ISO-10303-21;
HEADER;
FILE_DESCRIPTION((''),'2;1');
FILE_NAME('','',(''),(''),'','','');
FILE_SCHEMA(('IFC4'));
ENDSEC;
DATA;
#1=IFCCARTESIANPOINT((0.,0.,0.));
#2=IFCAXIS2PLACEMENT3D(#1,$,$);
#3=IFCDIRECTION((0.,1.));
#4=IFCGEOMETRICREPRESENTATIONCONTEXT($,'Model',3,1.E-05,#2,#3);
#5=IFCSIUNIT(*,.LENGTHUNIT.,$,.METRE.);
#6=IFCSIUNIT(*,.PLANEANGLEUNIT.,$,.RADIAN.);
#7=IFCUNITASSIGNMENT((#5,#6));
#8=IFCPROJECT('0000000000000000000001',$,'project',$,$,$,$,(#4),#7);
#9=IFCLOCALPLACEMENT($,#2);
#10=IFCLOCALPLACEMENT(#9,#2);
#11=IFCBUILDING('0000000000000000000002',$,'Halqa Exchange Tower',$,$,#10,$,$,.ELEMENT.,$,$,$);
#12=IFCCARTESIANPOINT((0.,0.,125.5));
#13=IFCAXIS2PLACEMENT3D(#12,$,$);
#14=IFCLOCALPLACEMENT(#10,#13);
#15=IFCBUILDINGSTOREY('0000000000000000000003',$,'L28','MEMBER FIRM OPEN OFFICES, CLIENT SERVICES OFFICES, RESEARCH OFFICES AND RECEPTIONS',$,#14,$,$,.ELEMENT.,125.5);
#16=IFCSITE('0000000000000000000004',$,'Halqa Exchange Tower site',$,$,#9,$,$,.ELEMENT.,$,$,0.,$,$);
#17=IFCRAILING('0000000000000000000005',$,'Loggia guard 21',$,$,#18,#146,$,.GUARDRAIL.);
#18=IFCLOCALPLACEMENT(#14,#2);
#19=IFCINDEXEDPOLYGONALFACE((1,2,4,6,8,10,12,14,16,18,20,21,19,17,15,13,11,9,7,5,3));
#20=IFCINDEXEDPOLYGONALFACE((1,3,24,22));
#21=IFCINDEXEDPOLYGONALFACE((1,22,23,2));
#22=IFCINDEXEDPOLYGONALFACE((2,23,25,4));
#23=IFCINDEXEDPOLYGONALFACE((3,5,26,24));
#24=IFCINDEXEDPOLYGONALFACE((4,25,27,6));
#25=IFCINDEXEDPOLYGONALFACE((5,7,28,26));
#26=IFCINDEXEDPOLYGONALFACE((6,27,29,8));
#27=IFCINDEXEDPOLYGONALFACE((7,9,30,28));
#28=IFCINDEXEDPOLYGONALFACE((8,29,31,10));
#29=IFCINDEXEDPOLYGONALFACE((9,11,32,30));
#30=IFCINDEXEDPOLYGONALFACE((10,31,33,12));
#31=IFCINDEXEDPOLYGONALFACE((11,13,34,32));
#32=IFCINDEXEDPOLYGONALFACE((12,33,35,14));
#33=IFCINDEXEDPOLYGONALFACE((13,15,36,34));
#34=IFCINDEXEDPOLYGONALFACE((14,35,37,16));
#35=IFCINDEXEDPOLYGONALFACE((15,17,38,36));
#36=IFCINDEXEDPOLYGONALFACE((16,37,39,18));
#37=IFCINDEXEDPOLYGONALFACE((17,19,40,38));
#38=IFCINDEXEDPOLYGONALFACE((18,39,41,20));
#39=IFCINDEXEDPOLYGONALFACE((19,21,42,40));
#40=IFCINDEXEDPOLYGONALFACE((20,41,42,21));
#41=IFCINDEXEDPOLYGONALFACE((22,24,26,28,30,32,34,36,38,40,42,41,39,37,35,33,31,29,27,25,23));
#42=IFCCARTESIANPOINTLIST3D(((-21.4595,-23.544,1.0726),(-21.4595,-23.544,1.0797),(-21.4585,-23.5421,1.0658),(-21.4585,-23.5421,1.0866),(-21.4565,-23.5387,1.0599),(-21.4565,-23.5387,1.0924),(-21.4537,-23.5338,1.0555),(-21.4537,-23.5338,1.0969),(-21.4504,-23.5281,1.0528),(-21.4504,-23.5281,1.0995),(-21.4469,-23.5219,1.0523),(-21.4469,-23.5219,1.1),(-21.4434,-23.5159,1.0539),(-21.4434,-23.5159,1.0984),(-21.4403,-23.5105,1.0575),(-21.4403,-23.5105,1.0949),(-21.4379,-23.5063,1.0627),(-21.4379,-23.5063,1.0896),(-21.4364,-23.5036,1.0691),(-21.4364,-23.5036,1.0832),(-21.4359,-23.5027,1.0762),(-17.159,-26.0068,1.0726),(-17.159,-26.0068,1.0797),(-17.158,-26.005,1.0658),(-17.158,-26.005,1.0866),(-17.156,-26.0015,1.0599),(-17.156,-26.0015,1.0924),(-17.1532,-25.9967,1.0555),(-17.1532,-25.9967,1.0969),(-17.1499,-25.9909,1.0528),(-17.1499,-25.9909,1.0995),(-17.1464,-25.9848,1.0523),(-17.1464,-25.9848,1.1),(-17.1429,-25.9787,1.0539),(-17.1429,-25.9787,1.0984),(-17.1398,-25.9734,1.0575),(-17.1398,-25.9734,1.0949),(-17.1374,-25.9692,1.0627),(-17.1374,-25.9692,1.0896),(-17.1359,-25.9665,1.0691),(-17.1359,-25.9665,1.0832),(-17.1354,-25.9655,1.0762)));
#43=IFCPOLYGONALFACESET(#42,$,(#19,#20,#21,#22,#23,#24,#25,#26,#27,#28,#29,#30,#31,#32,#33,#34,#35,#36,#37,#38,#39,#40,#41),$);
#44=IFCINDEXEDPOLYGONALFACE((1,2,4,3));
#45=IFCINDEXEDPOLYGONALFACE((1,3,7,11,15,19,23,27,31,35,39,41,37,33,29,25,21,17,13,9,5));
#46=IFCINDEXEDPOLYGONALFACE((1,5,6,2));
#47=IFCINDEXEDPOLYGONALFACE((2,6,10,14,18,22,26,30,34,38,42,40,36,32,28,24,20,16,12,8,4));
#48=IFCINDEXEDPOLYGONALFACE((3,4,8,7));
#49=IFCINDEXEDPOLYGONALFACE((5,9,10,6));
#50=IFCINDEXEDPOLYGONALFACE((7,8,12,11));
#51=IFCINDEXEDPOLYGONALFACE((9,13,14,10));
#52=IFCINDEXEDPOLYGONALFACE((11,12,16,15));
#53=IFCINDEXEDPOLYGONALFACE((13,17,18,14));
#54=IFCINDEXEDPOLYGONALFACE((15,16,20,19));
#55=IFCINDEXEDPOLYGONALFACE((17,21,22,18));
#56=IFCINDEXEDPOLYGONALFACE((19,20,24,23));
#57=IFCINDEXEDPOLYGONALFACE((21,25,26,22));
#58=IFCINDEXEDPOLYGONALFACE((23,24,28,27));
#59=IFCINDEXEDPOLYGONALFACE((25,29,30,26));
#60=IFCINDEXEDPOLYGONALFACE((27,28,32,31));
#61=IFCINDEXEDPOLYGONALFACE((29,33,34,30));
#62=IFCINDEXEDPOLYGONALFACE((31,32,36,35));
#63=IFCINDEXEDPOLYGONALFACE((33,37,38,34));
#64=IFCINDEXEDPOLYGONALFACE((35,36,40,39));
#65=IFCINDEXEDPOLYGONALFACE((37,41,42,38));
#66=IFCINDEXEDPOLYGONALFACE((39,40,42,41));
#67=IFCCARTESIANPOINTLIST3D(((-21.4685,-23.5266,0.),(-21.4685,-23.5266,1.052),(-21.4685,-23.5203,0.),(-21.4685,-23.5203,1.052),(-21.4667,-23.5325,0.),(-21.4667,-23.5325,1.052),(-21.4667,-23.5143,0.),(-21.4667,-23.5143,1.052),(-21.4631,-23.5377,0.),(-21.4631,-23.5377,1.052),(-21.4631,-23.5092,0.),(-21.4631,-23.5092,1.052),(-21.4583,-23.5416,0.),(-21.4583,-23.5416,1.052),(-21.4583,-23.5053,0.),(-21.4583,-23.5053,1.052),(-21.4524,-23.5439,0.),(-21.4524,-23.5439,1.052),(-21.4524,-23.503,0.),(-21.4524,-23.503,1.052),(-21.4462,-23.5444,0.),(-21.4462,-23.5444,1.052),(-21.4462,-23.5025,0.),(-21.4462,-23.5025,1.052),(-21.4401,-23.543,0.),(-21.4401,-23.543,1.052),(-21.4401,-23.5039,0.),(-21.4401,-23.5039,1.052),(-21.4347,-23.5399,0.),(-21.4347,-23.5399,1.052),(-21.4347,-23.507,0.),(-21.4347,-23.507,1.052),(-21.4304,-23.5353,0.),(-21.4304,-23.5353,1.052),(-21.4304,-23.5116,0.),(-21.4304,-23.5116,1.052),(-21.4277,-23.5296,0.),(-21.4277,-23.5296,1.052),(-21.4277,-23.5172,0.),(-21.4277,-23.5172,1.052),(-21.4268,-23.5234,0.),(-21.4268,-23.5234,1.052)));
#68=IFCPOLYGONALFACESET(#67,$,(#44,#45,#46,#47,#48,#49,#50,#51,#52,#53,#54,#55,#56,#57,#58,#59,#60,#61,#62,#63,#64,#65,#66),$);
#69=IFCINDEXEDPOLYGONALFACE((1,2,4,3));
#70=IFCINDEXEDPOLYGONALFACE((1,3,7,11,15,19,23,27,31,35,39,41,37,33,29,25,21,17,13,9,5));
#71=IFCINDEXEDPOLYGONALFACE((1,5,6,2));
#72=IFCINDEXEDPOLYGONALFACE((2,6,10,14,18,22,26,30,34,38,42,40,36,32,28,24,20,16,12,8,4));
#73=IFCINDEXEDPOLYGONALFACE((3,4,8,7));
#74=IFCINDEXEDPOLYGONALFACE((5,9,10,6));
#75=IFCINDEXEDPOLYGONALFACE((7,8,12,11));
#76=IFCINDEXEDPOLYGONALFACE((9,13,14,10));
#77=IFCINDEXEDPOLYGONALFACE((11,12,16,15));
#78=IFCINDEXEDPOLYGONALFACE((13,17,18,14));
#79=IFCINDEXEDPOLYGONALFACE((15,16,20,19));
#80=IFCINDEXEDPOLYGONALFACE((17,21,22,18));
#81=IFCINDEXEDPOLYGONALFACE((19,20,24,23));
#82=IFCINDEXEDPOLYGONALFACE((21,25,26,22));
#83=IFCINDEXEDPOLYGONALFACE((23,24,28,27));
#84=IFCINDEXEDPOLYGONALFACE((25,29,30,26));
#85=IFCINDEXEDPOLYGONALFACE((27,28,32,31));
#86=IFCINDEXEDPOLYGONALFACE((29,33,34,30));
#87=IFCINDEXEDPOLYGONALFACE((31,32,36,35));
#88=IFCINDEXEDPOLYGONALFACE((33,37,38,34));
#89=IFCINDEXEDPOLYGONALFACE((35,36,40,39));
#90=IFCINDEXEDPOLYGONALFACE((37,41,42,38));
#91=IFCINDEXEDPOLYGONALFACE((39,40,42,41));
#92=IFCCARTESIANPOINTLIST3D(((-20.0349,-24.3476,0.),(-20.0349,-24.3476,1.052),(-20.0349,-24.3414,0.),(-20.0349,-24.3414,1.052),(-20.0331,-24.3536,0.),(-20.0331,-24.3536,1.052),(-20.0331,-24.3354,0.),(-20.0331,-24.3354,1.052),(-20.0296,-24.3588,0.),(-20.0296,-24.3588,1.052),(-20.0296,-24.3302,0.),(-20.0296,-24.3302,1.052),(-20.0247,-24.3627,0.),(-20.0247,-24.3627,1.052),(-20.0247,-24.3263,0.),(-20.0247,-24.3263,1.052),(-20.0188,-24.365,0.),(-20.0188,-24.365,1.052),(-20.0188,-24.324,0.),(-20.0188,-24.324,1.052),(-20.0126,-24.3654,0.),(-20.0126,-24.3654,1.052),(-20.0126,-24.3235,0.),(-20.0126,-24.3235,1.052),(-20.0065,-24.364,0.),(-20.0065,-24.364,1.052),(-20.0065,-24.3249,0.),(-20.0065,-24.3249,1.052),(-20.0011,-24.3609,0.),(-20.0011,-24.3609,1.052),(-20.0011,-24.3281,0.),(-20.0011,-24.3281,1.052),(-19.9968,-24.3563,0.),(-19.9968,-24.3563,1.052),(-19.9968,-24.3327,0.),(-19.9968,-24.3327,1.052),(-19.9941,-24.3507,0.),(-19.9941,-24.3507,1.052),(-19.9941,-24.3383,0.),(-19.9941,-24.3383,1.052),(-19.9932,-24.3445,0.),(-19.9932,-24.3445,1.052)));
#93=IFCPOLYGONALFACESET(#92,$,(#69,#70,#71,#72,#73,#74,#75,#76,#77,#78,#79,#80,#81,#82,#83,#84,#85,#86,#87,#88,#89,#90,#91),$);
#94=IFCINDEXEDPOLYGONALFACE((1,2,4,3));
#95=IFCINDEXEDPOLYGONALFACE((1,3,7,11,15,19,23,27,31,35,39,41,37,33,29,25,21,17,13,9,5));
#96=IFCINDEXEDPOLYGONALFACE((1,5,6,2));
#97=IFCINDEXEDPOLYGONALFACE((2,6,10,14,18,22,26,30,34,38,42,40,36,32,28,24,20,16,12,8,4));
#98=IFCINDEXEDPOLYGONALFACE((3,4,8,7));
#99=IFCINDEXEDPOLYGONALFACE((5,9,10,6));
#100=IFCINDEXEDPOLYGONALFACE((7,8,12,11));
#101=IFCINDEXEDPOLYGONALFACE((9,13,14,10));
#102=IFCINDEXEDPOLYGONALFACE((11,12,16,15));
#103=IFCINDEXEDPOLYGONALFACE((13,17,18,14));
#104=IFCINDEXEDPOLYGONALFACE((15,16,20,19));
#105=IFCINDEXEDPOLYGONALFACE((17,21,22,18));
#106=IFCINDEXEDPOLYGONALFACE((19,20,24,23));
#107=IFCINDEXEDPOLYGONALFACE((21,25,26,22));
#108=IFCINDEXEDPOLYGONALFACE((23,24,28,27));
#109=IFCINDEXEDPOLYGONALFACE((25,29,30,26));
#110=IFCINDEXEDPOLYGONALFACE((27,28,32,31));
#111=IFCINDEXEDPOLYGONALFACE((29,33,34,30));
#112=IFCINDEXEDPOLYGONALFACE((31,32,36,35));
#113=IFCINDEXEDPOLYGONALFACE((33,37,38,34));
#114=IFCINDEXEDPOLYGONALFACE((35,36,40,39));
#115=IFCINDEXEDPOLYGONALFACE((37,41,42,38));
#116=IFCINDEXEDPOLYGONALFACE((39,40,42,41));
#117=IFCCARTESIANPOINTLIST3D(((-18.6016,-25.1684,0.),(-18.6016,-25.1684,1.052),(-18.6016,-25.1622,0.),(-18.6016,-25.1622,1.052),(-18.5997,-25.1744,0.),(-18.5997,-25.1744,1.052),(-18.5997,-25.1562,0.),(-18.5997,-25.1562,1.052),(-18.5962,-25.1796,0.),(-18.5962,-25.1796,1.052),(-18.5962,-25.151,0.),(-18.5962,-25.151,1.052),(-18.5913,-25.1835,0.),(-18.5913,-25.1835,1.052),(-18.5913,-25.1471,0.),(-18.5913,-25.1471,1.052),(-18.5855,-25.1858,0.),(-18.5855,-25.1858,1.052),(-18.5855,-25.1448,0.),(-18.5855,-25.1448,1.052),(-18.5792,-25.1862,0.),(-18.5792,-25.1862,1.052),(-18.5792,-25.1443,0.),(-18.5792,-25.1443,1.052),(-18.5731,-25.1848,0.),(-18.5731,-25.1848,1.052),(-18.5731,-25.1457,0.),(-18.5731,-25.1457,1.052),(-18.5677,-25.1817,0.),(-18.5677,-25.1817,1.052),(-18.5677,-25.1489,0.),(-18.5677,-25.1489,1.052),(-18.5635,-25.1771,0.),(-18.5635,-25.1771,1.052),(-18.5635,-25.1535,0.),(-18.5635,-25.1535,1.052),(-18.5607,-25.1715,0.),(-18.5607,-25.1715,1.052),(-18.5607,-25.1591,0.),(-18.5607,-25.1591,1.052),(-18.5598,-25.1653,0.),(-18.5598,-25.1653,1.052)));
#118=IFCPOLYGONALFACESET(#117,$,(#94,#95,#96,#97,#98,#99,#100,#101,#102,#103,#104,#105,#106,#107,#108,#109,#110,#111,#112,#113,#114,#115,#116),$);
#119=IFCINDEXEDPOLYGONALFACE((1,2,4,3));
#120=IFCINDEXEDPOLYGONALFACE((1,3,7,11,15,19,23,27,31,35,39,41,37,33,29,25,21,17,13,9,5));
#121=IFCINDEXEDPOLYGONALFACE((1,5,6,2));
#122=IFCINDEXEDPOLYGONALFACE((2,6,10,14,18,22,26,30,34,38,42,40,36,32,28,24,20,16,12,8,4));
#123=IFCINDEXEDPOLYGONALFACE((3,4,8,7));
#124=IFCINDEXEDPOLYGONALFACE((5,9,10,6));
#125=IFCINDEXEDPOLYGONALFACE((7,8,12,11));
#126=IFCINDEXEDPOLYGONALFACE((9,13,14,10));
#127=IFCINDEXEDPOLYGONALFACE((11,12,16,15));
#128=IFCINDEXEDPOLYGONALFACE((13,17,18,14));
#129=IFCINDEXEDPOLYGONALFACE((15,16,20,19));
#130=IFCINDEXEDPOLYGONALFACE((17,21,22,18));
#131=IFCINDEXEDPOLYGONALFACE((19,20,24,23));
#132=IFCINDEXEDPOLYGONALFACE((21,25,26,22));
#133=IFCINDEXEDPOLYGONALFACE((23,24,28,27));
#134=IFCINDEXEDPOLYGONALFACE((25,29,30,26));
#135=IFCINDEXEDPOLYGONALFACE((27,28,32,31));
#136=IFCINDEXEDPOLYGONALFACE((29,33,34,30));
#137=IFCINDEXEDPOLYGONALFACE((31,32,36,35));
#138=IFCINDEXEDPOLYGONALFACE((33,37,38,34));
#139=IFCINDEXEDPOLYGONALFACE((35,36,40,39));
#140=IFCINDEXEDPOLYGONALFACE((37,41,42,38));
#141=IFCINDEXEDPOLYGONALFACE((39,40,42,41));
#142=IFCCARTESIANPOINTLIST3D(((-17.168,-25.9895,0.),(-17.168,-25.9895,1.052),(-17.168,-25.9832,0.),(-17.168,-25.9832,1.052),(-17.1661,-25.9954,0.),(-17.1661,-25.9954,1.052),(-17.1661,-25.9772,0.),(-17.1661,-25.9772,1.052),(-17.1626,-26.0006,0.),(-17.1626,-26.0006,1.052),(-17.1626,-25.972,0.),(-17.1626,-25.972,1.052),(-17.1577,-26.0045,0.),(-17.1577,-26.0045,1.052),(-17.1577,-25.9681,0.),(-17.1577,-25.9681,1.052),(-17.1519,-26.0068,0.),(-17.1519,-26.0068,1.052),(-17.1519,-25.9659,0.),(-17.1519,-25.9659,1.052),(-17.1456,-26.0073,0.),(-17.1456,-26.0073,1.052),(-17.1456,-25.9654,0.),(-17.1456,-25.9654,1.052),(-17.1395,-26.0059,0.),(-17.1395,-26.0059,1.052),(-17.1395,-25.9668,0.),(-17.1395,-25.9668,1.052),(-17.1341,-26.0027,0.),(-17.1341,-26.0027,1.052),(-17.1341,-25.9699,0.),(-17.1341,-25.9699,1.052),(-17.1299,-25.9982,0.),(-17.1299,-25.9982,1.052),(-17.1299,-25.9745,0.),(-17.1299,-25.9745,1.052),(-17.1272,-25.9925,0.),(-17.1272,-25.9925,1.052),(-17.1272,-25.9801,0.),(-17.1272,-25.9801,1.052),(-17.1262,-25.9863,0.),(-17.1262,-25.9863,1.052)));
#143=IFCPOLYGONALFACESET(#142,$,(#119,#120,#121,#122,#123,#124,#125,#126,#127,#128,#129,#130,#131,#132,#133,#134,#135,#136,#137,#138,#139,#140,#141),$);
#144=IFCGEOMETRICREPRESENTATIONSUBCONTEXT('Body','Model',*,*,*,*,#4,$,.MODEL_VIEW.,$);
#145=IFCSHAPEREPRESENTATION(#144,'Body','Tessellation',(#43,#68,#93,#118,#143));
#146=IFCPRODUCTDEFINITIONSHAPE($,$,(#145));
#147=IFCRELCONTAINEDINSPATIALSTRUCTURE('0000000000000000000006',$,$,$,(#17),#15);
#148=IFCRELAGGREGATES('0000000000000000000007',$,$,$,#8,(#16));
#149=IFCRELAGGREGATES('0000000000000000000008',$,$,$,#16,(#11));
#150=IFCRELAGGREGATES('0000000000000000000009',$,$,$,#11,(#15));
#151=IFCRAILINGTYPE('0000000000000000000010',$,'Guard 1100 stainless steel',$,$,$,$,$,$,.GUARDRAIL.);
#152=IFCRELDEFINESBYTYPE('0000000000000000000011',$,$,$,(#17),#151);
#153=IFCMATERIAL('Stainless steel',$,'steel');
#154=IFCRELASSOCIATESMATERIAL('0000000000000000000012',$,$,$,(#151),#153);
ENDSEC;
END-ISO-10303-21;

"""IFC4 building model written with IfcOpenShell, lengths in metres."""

from ifc_helpers import new_model, si_unit, direction, frame, origin, origin_2d, place, context, subcontext, project, spatial, circle, extrude, material, type_object, element, save


model = new_model("IFC4")

# Units and contexts
model_context = context("Model", 3, precision=1e-05, world=origin(), true_north=direction((0.0, 1.0)))
body_context = subcontext(model_context, "Body", "Model", "MODEL_VIEW")
ifc_project = project(units=[si_unit("LENGTHUNIT", "METRE"), si_unit("PLANEANGLEUNIT", "RADIAN")], contexts=[model_context])

# Site, building, storey
site_placement = place(None, origin())
site = spatial("IfcSite", under=ifc_project, at=site_placement, Name="Halqa Exchange Tower site", CompositionType="ELEMENT", RefElevation=0.0)
building_placement = place(site_placement, origin())
building = spatial("IfcBuilding", under=site, at=building_placement, Name="Halqa Exchange Tower", CompositionType="ELEMENT")
storey_placement = place(building_placement, frame((0.0, 0.0, 125.5)))
storey = spatial("IfcBuildingStorey", under=building, at=storey_placement, Name="L28", Description="MEMBER FIRM OPEN OFFICES, CLIENT SERVICES OFFICES, RESEARCH OFFICES AND RECEPTIONS", CompositionType="ELEMENT", Elevation=125.5)

# Railing
ifc_material_1 = material(Name="Stainless steel", Category="steel")
railing_type = type_object("IfcRailingType", Name="Guard 1100 stainless steel", PredefinedType="GUARDRAIL", material=ifc_material_1)
railing_1_placement = place(storey_placement, frame((-21.4478, -23.5234, 0.0)))
element("IfcRailing", 1, at=railing_1_placement, inside=storey, type_object=railing_type, Name="Loggia guard 21", PredefinedType="GUARDRAIL", context=body_context, shape_type="SweptSolid", body=[
    extrude(circle(Radius=0.0239, at=origin_2d()), frame((0.0, 0.0, 1.0762), z_axis=(0.86777, -0.496966, 0.0), x_axis=(0.496966, 0.86777, 0.0)), (0.0, 0.0, 1.0), 4.9558),
    extrude(circle(Radius=0.021, at=origin_2d()), origin(), (0.0, 0.0, 1.0), 1.052),
    extrude(circle(Radius=0.021, at=origin_2d()), frame((1.4336, -0.821, 0.0)), (0.0, 0.0, 1.0), 1.052),
    extrude(circle(Radius=0.021, at=origin_2d()), frame((2.8669, -1.6418, 0.0)), (0.0, 0.0, 1.0), 1.052),
    extrude(circle(Radius=0.021, at=origin_2d()), frame((4.3005, -2.4629, 0.0)), (0.0, 0.0, 1.0), 1.052),
])

save(model, "model.ifc")
